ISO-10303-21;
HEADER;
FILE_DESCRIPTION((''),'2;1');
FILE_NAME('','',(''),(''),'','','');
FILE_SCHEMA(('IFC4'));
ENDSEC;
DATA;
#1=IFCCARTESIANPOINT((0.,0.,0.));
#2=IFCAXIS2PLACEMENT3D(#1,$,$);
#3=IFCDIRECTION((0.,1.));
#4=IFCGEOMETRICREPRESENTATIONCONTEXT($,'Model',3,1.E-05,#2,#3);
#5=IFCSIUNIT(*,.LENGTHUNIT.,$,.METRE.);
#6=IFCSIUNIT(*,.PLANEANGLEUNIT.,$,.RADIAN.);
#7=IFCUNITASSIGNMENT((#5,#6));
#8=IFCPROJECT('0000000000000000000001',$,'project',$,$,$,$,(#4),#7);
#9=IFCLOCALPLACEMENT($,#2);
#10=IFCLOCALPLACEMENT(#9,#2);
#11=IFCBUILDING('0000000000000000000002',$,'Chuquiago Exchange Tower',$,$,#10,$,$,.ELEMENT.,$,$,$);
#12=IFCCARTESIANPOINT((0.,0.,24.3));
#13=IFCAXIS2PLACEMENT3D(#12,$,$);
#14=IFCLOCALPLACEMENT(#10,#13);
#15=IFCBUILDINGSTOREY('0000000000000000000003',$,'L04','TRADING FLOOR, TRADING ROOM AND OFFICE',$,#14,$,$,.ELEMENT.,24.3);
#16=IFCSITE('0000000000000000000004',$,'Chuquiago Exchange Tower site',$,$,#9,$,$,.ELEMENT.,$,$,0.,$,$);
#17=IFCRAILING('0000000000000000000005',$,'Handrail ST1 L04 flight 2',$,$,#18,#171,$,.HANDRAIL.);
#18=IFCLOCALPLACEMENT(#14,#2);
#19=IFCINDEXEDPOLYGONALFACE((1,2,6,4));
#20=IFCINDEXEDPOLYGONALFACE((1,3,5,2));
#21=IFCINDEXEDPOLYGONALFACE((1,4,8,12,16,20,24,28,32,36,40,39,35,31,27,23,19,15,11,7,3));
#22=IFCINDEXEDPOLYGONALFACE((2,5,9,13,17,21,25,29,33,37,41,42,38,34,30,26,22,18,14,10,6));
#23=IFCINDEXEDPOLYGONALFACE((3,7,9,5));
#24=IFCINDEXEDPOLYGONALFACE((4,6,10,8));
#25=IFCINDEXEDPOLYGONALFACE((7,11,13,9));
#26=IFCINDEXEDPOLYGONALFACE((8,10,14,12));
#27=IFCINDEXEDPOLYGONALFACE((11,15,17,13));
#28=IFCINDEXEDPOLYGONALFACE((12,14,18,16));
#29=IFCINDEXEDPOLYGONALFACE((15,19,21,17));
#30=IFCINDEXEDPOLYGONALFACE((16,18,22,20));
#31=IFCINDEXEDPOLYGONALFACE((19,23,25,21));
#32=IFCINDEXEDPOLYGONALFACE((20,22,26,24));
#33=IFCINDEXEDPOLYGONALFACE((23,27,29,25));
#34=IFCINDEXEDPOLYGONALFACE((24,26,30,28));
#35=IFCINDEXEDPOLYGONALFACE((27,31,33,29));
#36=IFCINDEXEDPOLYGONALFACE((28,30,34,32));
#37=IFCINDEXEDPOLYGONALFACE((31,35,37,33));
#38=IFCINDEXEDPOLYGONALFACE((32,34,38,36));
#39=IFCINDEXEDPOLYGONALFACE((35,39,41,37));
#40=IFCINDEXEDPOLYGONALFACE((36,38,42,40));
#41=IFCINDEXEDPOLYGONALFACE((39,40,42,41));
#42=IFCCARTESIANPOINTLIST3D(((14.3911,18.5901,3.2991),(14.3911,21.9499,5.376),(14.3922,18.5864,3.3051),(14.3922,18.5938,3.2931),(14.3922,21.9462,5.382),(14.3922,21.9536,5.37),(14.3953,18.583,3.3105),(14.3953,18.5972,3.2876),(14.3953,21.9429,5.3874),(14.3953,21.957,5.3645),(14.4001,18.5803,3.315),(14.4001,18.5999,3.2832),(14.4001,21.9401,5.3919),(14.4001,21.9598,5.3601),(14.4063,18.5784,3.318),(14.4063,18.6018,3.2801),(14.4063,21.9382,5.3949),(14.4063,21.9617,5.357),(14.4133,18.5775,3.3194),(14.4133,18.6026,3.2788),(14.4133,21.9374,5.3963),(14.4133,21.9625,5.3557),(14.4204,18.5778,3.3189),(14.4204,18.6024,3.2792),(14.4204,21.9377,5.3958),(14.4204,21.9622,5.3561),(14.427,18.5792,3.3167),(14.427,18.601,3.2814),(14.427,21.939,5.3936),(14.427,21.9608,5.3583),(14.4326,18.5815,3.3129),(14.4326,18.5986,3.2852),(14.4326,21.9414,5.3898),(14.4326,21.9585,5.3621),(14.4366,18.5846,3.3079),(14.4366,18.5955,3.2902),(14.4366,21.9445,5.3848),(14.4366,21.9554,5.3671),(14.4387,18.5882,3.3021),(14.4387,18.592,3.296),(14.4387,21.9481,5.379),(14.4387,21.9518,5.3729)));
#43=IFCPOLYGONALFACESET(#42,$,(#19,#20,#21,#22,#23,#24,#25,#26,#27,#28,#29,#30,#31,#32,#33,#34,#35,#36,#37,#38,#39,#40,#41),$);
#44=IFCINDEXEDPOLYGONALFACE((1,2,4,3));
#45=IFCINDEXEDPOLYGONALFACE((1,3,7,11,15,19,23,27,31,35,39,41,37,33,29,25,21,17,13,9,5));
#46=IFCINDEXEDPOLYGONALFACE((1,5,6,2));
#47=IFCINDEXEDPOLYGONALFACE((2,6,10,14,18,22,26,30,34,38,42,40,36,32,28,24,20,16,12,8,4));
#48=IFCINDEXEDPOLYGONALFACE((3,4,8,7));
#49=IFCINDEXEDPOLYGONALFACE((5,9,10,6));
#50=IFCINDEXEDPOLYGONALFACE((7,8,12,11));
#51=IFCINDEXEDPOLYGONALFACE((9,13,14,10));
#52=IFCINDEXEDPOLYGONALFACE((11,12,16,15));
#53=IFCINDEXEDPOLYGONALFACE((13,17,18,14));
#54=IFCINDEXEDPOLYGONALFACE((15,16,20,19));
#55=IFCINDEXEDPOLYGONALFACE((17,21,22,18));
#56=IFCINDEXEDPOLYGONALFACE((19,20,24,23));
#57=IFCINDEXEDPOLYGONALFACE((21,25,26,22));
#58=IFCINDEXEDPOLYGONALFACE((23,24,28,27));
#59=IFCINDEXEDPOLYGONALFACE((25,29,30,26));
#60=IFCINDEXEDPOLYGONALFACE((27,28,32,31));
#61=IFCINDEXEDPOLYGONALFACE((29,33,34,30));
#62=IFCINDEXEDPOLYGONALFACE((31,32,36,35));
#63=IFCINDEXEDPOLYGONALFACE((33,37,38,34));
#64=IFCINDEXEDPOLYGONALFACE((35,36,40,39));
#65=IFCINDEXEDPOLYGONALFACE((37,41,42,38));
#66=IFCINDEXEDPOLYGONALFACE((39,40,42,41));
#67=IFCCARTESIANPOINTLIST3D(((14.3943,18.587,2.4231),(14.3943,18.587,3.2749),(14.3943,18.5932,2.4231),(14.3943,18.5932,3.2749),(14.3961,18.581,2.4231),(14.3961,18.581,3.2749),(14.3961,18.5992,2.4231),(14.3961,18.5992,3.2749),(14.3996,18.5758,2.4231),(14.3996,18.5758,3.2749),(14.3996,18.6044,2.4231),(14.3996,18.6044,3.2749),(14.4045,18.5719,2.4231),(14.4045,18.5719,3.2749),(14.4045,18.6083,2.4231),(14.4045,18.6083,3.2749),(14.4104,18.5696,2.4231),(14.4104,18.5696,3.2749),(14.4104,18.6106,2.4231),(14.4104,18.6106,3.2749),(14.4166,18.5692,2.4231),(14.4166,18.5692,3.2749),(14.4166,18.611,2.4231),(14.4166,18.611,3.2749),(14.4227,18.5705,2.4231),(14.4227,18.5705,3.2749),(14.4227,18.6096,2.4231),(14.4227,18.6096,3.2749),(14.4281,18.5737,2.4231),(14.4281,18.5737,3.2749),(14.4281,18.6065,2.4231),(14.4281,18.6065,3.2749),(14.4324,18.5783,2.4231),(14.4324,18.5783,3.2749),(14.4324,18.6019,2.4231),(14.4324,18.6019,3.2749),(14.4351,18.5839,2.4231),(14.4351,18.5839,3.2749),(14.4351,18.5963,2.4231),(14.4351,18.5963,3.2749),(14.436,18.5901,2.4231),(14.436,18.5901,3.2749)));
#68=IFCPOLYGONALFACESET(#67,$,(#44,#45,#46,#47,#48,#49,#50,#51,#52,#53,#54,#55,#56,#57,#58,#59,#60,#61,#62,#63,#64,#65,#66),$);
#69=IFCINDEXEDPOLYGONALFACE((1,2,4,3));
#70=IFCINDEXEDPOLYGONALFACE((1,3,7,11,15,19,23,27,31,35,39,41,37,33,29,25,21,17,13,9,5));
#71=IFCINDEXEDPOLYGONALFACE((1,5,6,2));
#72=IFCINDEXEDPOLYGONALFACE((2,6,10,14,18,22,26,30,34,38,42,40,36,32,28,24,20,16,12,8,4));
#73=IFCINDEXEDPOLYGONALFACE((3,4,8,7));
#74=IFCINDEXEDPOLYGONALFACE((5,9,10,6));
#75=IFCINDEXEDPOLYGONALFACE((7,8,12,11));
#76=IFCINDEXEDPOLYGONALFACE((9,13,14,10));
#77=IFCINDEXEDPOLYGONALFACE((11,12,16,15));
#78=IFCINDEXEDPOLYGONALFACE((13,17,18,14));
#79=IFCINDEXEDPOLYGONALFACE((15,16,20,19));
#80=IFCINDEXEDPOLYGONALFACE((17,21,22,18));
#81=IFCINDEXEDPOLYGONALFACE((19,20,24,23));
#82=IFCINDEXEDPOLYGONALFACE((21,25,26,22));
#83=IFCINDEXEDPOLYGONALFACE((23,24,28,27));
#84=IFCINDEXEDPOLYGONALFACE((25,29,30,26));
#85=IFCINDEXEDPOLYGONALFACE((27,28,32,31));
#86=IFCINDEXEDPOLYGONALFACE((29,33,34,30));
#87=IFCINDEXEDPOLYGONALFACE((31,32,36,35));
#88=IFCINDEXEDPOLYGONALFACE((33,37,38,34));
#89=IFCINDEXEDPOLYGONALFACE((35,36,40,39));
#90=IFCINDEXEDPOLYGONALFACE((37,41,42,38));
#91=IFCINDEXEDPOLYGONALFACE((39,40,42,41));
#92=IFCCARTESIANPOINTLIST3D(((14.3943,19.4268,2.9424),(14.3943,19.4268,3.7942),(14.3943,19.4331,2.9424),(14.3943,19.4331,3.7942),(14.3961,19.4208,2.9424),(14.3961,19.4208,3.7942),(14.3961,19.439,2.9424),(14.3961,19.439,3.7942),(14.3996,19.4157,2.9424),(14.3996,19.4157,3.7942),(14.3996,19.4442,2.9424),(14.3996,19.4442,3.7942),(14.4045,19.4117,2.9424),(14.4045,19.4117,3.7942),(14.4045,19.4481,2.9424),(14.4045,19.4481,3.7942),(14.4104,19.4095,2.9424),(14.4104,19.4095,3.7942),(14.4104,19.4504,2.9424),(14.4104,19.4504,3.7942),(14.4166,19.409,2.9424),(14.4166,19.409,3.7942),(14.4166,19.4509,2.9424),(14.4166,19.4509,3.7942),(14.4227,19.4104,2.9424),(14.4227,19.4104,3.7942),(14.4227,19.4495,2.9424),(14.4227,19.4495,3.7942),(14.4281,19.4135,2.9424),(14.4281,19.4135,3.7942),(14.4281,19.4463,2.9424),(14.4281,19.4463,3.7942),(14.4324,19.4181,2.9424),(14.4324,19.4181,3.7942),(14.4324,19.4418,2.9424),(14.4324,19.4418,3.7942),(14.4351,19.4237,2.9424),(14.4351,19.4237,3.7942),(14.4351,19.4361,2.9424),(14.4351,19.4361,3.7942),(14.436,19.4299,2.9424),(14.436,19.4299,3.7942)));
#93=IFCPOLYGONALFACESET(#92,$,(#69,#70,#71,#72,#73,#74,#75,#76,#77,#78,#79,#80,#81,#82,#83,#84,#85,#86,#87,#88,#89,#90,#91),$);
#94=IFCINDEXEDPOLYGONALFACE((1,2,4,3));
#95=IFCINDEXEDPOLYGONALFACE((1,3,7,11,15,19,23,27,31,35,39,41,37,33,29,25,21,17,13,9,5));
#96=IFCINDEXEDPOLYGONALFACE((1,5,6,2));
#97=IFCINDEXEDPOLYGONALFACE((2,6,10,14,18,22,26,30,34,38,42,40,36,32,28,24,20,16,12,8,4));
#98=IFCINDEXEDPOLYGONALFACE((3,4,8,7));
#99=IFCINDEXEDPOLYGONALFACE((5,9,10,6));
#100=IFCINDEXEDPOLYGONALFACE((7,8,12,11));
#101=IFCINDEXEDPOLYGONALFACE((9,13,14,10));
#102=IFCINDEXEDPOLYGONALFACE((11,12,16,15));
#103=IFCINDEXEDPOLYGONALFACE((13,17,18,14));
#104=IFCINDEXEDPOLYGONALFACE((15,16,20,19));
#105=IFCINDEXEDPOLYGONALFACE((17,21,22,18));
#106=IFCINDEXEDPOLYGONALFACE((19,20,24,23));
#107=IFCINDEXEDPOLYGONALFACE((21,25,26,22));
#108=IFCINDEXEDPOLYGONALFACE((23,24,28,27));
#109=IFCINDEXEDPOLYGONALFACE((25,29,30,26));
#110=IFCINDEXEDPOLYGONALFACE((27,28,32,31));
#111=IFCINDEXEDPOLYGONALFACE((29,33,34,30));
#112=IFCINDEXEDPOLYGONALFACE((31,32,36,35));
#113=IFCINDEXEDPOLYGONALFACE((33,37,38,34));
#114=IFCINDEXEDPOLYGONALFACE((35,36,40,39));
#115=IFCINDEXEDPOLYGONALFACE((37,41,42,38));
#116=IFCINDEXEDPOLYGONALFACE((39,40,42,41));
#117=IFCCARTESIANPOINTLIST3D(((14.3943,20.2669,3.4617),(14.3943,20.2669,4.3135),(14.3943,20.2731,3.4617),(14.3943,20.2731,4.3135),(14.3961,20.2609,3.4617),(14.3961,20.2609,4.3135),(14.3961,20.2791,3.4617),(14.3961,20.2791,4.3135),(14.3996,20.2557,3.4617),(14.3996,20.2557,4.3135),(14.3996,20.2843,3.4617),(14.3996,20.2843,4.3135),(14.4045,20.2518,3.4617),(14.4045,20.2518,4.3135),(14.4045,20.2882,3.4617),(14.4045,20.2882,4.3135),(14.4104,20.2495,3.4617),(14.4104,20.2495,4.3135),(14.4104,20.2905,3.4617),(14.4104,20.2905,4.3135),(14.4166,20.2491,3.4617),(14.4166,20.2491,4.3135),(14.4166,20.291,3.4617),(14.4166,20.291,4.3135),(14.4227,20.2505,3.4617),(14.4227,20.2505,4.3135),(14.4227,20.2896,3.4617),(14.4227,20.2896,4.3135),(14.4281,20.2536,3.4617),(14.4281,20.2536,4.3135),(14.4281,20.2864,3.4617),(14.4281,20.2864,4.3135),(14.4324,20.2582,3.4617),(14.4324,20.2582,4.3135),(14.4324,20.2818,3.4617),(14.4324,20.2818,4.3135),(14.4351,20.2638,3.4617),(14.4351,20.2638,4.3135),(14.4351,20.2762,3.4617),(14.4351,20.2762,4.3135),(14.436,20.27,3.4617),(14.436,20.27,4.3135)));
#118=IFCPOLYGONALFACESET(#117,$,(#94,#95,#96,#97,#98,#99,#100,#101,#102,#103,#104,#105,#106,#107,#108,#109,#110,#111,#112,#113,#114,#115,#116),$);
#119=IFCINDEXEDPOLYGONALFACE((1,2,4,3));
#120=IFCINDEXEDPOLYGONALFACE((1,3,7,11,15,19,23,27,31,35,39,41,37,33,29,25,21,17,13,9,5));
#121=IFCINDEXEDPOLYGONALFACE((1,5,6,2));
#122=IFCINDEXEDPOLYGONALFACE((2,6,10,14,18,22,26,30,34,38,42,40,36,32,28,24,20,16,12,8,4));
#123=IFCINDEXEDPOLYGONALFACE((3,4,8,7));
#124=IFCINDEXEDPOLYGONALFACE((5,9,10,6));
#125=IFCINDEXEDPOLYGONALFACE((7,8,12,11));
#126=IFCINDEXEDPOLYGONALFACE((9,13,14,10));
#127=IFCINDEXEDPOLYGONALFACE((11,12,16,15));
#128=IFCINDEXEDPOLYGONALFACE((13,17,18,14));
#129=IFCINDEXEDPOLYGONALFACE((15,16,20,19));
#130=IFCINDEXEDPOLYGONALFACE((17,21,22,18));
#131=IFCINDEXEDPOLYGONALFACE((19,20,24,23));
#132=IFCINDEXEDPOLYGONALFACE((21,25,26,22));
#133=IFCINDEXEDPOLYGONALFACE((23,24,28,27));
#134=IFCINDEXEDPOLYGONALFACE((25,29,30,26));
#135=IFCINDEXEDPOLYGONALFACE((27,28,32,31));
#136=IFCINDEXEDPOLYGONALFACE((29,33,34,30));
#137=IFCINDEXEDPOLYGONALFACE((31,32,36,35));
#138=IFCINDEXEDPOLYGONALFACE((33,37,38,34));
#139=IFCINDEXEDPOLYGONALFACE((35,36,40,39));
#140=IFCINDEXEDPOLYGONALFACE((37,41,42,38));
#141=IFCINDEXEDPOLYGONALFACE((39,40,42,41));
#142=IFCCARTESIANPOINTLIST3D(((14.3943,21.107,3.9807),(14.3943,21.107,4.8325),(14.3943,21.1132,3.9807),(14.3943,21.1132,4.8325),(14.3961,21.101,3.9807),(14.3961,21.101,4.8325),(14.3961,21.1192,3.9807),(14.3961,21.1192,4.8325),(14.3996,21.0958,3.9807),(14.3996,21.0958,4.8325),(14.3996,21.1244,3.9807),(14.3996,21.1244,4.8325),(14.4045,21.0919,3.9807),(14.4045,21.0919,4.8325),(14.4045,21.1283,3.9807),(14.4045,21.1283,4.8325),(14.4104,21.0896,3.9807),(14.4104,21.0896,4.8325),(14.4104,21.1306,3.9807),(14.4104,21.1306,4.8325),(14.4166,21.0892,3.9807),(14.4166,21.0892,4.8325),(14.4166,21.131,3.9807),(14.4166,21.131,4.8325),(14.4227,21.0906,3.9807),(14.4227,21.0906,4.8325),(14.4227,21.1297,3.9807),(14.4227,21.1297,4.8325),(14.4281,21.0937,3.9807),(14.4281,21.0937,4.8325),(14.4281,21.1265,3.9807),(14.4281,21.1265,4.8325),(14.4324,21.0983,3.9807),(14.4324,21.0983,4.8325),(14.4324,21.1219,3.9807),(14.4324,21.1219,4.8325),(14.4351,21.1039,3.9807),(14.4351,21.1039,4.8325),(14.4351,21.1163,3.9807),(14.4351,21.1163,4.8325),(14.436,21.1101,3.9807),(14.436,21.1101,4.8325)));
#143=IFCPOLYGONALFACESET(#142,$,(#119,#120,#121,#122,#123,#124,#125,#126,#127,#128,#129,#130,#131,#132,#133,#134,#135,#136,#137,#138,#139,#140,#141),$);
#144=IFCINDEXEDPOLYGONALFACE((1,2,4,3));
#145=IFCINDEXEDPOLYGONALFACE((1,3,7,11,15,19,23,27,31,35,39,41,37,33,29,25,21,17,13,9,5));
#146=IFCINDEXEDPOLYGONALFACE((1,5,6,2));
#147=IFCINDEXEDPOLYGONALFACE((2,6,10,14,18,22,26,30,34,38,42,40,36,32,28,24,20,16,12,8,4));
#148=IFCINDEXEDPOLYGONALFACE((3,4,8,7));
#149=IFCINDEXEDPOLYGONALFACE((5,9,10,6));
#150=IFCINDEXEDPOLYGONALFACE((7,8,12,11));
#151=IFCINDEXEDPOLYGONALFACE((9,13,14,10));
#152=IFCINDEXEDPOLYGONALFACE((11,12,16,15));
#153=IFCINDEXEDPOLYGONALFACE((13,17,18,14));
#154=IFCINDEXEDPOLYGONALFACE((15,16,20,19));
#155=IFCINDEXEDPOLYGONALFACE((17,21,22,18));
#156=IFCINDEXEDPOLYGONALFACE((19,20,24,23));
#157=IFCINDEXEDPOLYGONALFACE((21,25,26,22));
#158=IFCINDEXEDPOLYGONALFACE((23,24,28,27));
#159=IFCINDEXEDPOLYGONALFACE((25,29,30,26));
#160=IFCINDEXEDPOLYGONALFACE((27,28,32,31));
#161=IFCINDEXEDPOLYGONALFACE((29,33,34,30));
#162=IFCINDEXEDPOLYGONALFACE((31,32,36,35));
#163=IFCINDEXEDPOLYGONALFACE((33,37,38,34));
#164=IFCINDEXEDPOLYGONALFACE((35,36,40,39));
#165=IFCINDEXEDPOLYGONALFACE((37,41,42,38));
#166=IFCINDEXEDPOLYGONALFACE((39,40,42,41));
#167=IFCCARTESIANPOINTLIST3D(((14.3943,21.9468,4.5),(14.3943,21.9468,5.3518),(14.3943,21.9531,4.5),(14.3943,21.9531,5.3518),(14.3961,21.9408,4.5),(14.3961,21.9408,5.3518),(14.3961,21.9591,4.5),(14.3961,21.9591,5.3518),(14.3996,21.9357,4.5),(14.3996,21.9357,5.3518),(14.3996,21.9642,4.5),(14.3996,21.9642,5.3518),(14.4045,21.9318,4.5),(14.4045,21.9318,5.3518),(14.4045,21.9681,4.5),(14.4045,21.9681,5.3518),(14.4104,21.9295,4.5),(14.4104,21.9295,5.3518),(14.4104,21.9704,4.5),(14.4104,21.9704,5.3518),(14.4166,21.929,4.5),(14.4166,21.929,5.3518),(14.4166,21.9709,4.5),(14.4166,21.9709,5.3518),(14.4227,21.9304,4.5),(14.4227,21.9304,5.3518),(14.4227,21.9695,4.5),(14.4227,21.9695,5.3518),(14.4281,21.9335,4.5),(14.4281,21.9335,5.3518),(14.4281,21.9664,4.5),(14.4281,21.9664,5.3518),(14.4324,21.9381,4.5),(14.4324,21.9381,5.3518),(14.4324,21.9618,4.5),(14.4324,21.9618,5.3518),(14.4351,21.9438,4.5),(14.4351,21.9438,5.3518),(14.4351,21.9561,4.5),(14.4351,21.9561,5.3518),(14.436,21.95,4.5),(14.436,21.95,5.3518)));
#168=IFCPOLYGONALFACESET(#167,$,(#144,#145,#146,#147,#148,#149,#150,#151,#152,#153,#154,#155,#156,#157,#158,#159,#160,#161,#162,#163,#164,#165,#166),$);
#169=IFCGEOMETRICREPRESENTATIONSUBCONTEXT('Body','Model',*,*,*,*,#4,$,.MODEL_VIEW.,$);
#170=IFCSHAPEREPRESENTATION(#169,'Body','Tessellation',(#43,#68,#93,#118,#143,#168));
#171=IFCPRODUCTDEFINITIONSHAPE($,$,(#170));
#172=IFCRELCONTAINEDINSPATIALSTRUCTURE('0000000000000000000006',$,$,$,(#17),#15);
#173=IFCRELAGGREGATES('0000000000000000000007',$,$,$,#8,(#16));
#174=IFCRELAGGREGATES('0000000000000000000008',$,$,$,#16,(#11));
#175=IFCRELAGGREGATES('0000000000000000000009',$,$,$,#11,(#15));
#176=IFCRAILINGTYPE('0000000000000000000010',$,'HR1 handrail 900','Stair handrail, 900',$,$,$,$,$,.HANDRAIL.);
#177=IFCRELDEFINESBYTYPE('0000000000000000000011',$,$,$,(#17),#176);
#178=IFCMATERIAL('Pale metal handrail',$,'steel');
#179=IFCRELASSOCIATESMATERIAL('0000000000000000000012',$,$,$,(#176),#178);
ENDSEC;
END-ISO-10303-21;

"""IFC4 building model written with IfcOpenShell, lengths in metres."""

from ifc_helpers import new_model, si_unit, direction, frame, origin, origin_2d, place, context, subcontext, project, spatial, circle, extrude, material, type_object, element, save


model = new_model("IFC4")

# Units and contexts
model_context = context("Model", 3, precision=1e-05, world=origin(), true_north=direction((0.0, 1.0)))
body_context = subcontext(model_context, "Body", "Model", "MODEL_VIEW")
ifc_project = project(units=[si_unit("LENGTHUNIT", "METRE"), si_unit("PLANEANGLEUNIT", "RADIAN")], contexts=[model_context])

# Site, building, storey
site_placement = place(None, origin())
site = spatial("IfcSite", under=ifc_project, at=site_placement, Name="Chuquiago Exchange Tower site", CompositionType="ELEMENT", RefElevation=0.0)
building_placement = place(site_placement, origin())
building = spatial("IfcBuilding", under=site, at=building_placement, Name="Chuquiago Exchange Tower", CompositionType="ELEMENT")
storey_placement = place(building_placement, frame((0.0, 0.0, 24.3)))
storey = spatial("IfcBuildingStorey", under=building, at=storey_placement, Name="L04", Description="TRADING FLOOR, TRADING ROOM AND OFFICE", CompositionType="ELEMENT", Elevation=24.3)

# Railing
ifc_material_1 = material(Name="Pale metal handrail", Category="steel")
railing_type_1 = type_object("IfcRailingType", Name="HR1 handrail 900", Description="Stair handrail, 900", PredefinedType="HANDRAIL", material=ifc_material_1)
for number, where, name in (
    (1, (14.415, 18.5901, 2.4231), "Handrail ST1 L04 flight 2"),
):
    element("IfcRailing", number, at=place(storey_placement, frame(where)), inside=storey, type_object=railing_type_1, Name=name, PredefinedType="HANDRAIL", context=body_context, shape_type="SweptSolid", body=[
        extrude(circle(Radius=0.0239, at=origin_2d()), frame((0.0, 0.0, 0.876), z_axis=(0.0, 0.850606, 0.525803), x_axis=(-1.0, 0.0, 0.0)), (0.0, 0.0, 1.0), 3.95),
        extrude(circle(Radius=0.021, at=origin_2d()), origin(), (0.0, 0.0, 1.0), 0.8518),
        extrude(circle(Radius=0.021, at=origin_2d()), frame((0.0, 0.8398, 0.5193)), (0.0, 0.0, 1.0), 0.8518),
        extrude(circle(Radius=0.021, at=origin_2d()), frame((0.0, 1.6799, 1.0386)), (0.0, 0.0, 1.0), 0.8518),
        extrude(circle(Radius=0.021, at=origin_2d()), frame((0.0, 2.52, 1.5576)), (0.0, 0.0, 1.0), 0.8518),
        extrude(circle(Radius=0.021, at=origin_2d()), frame((0.0, 3.3599, 2.0769)), (0.0, 0.0, 1.0), 0.8518),
    ])

save(model, "model.ifc")
